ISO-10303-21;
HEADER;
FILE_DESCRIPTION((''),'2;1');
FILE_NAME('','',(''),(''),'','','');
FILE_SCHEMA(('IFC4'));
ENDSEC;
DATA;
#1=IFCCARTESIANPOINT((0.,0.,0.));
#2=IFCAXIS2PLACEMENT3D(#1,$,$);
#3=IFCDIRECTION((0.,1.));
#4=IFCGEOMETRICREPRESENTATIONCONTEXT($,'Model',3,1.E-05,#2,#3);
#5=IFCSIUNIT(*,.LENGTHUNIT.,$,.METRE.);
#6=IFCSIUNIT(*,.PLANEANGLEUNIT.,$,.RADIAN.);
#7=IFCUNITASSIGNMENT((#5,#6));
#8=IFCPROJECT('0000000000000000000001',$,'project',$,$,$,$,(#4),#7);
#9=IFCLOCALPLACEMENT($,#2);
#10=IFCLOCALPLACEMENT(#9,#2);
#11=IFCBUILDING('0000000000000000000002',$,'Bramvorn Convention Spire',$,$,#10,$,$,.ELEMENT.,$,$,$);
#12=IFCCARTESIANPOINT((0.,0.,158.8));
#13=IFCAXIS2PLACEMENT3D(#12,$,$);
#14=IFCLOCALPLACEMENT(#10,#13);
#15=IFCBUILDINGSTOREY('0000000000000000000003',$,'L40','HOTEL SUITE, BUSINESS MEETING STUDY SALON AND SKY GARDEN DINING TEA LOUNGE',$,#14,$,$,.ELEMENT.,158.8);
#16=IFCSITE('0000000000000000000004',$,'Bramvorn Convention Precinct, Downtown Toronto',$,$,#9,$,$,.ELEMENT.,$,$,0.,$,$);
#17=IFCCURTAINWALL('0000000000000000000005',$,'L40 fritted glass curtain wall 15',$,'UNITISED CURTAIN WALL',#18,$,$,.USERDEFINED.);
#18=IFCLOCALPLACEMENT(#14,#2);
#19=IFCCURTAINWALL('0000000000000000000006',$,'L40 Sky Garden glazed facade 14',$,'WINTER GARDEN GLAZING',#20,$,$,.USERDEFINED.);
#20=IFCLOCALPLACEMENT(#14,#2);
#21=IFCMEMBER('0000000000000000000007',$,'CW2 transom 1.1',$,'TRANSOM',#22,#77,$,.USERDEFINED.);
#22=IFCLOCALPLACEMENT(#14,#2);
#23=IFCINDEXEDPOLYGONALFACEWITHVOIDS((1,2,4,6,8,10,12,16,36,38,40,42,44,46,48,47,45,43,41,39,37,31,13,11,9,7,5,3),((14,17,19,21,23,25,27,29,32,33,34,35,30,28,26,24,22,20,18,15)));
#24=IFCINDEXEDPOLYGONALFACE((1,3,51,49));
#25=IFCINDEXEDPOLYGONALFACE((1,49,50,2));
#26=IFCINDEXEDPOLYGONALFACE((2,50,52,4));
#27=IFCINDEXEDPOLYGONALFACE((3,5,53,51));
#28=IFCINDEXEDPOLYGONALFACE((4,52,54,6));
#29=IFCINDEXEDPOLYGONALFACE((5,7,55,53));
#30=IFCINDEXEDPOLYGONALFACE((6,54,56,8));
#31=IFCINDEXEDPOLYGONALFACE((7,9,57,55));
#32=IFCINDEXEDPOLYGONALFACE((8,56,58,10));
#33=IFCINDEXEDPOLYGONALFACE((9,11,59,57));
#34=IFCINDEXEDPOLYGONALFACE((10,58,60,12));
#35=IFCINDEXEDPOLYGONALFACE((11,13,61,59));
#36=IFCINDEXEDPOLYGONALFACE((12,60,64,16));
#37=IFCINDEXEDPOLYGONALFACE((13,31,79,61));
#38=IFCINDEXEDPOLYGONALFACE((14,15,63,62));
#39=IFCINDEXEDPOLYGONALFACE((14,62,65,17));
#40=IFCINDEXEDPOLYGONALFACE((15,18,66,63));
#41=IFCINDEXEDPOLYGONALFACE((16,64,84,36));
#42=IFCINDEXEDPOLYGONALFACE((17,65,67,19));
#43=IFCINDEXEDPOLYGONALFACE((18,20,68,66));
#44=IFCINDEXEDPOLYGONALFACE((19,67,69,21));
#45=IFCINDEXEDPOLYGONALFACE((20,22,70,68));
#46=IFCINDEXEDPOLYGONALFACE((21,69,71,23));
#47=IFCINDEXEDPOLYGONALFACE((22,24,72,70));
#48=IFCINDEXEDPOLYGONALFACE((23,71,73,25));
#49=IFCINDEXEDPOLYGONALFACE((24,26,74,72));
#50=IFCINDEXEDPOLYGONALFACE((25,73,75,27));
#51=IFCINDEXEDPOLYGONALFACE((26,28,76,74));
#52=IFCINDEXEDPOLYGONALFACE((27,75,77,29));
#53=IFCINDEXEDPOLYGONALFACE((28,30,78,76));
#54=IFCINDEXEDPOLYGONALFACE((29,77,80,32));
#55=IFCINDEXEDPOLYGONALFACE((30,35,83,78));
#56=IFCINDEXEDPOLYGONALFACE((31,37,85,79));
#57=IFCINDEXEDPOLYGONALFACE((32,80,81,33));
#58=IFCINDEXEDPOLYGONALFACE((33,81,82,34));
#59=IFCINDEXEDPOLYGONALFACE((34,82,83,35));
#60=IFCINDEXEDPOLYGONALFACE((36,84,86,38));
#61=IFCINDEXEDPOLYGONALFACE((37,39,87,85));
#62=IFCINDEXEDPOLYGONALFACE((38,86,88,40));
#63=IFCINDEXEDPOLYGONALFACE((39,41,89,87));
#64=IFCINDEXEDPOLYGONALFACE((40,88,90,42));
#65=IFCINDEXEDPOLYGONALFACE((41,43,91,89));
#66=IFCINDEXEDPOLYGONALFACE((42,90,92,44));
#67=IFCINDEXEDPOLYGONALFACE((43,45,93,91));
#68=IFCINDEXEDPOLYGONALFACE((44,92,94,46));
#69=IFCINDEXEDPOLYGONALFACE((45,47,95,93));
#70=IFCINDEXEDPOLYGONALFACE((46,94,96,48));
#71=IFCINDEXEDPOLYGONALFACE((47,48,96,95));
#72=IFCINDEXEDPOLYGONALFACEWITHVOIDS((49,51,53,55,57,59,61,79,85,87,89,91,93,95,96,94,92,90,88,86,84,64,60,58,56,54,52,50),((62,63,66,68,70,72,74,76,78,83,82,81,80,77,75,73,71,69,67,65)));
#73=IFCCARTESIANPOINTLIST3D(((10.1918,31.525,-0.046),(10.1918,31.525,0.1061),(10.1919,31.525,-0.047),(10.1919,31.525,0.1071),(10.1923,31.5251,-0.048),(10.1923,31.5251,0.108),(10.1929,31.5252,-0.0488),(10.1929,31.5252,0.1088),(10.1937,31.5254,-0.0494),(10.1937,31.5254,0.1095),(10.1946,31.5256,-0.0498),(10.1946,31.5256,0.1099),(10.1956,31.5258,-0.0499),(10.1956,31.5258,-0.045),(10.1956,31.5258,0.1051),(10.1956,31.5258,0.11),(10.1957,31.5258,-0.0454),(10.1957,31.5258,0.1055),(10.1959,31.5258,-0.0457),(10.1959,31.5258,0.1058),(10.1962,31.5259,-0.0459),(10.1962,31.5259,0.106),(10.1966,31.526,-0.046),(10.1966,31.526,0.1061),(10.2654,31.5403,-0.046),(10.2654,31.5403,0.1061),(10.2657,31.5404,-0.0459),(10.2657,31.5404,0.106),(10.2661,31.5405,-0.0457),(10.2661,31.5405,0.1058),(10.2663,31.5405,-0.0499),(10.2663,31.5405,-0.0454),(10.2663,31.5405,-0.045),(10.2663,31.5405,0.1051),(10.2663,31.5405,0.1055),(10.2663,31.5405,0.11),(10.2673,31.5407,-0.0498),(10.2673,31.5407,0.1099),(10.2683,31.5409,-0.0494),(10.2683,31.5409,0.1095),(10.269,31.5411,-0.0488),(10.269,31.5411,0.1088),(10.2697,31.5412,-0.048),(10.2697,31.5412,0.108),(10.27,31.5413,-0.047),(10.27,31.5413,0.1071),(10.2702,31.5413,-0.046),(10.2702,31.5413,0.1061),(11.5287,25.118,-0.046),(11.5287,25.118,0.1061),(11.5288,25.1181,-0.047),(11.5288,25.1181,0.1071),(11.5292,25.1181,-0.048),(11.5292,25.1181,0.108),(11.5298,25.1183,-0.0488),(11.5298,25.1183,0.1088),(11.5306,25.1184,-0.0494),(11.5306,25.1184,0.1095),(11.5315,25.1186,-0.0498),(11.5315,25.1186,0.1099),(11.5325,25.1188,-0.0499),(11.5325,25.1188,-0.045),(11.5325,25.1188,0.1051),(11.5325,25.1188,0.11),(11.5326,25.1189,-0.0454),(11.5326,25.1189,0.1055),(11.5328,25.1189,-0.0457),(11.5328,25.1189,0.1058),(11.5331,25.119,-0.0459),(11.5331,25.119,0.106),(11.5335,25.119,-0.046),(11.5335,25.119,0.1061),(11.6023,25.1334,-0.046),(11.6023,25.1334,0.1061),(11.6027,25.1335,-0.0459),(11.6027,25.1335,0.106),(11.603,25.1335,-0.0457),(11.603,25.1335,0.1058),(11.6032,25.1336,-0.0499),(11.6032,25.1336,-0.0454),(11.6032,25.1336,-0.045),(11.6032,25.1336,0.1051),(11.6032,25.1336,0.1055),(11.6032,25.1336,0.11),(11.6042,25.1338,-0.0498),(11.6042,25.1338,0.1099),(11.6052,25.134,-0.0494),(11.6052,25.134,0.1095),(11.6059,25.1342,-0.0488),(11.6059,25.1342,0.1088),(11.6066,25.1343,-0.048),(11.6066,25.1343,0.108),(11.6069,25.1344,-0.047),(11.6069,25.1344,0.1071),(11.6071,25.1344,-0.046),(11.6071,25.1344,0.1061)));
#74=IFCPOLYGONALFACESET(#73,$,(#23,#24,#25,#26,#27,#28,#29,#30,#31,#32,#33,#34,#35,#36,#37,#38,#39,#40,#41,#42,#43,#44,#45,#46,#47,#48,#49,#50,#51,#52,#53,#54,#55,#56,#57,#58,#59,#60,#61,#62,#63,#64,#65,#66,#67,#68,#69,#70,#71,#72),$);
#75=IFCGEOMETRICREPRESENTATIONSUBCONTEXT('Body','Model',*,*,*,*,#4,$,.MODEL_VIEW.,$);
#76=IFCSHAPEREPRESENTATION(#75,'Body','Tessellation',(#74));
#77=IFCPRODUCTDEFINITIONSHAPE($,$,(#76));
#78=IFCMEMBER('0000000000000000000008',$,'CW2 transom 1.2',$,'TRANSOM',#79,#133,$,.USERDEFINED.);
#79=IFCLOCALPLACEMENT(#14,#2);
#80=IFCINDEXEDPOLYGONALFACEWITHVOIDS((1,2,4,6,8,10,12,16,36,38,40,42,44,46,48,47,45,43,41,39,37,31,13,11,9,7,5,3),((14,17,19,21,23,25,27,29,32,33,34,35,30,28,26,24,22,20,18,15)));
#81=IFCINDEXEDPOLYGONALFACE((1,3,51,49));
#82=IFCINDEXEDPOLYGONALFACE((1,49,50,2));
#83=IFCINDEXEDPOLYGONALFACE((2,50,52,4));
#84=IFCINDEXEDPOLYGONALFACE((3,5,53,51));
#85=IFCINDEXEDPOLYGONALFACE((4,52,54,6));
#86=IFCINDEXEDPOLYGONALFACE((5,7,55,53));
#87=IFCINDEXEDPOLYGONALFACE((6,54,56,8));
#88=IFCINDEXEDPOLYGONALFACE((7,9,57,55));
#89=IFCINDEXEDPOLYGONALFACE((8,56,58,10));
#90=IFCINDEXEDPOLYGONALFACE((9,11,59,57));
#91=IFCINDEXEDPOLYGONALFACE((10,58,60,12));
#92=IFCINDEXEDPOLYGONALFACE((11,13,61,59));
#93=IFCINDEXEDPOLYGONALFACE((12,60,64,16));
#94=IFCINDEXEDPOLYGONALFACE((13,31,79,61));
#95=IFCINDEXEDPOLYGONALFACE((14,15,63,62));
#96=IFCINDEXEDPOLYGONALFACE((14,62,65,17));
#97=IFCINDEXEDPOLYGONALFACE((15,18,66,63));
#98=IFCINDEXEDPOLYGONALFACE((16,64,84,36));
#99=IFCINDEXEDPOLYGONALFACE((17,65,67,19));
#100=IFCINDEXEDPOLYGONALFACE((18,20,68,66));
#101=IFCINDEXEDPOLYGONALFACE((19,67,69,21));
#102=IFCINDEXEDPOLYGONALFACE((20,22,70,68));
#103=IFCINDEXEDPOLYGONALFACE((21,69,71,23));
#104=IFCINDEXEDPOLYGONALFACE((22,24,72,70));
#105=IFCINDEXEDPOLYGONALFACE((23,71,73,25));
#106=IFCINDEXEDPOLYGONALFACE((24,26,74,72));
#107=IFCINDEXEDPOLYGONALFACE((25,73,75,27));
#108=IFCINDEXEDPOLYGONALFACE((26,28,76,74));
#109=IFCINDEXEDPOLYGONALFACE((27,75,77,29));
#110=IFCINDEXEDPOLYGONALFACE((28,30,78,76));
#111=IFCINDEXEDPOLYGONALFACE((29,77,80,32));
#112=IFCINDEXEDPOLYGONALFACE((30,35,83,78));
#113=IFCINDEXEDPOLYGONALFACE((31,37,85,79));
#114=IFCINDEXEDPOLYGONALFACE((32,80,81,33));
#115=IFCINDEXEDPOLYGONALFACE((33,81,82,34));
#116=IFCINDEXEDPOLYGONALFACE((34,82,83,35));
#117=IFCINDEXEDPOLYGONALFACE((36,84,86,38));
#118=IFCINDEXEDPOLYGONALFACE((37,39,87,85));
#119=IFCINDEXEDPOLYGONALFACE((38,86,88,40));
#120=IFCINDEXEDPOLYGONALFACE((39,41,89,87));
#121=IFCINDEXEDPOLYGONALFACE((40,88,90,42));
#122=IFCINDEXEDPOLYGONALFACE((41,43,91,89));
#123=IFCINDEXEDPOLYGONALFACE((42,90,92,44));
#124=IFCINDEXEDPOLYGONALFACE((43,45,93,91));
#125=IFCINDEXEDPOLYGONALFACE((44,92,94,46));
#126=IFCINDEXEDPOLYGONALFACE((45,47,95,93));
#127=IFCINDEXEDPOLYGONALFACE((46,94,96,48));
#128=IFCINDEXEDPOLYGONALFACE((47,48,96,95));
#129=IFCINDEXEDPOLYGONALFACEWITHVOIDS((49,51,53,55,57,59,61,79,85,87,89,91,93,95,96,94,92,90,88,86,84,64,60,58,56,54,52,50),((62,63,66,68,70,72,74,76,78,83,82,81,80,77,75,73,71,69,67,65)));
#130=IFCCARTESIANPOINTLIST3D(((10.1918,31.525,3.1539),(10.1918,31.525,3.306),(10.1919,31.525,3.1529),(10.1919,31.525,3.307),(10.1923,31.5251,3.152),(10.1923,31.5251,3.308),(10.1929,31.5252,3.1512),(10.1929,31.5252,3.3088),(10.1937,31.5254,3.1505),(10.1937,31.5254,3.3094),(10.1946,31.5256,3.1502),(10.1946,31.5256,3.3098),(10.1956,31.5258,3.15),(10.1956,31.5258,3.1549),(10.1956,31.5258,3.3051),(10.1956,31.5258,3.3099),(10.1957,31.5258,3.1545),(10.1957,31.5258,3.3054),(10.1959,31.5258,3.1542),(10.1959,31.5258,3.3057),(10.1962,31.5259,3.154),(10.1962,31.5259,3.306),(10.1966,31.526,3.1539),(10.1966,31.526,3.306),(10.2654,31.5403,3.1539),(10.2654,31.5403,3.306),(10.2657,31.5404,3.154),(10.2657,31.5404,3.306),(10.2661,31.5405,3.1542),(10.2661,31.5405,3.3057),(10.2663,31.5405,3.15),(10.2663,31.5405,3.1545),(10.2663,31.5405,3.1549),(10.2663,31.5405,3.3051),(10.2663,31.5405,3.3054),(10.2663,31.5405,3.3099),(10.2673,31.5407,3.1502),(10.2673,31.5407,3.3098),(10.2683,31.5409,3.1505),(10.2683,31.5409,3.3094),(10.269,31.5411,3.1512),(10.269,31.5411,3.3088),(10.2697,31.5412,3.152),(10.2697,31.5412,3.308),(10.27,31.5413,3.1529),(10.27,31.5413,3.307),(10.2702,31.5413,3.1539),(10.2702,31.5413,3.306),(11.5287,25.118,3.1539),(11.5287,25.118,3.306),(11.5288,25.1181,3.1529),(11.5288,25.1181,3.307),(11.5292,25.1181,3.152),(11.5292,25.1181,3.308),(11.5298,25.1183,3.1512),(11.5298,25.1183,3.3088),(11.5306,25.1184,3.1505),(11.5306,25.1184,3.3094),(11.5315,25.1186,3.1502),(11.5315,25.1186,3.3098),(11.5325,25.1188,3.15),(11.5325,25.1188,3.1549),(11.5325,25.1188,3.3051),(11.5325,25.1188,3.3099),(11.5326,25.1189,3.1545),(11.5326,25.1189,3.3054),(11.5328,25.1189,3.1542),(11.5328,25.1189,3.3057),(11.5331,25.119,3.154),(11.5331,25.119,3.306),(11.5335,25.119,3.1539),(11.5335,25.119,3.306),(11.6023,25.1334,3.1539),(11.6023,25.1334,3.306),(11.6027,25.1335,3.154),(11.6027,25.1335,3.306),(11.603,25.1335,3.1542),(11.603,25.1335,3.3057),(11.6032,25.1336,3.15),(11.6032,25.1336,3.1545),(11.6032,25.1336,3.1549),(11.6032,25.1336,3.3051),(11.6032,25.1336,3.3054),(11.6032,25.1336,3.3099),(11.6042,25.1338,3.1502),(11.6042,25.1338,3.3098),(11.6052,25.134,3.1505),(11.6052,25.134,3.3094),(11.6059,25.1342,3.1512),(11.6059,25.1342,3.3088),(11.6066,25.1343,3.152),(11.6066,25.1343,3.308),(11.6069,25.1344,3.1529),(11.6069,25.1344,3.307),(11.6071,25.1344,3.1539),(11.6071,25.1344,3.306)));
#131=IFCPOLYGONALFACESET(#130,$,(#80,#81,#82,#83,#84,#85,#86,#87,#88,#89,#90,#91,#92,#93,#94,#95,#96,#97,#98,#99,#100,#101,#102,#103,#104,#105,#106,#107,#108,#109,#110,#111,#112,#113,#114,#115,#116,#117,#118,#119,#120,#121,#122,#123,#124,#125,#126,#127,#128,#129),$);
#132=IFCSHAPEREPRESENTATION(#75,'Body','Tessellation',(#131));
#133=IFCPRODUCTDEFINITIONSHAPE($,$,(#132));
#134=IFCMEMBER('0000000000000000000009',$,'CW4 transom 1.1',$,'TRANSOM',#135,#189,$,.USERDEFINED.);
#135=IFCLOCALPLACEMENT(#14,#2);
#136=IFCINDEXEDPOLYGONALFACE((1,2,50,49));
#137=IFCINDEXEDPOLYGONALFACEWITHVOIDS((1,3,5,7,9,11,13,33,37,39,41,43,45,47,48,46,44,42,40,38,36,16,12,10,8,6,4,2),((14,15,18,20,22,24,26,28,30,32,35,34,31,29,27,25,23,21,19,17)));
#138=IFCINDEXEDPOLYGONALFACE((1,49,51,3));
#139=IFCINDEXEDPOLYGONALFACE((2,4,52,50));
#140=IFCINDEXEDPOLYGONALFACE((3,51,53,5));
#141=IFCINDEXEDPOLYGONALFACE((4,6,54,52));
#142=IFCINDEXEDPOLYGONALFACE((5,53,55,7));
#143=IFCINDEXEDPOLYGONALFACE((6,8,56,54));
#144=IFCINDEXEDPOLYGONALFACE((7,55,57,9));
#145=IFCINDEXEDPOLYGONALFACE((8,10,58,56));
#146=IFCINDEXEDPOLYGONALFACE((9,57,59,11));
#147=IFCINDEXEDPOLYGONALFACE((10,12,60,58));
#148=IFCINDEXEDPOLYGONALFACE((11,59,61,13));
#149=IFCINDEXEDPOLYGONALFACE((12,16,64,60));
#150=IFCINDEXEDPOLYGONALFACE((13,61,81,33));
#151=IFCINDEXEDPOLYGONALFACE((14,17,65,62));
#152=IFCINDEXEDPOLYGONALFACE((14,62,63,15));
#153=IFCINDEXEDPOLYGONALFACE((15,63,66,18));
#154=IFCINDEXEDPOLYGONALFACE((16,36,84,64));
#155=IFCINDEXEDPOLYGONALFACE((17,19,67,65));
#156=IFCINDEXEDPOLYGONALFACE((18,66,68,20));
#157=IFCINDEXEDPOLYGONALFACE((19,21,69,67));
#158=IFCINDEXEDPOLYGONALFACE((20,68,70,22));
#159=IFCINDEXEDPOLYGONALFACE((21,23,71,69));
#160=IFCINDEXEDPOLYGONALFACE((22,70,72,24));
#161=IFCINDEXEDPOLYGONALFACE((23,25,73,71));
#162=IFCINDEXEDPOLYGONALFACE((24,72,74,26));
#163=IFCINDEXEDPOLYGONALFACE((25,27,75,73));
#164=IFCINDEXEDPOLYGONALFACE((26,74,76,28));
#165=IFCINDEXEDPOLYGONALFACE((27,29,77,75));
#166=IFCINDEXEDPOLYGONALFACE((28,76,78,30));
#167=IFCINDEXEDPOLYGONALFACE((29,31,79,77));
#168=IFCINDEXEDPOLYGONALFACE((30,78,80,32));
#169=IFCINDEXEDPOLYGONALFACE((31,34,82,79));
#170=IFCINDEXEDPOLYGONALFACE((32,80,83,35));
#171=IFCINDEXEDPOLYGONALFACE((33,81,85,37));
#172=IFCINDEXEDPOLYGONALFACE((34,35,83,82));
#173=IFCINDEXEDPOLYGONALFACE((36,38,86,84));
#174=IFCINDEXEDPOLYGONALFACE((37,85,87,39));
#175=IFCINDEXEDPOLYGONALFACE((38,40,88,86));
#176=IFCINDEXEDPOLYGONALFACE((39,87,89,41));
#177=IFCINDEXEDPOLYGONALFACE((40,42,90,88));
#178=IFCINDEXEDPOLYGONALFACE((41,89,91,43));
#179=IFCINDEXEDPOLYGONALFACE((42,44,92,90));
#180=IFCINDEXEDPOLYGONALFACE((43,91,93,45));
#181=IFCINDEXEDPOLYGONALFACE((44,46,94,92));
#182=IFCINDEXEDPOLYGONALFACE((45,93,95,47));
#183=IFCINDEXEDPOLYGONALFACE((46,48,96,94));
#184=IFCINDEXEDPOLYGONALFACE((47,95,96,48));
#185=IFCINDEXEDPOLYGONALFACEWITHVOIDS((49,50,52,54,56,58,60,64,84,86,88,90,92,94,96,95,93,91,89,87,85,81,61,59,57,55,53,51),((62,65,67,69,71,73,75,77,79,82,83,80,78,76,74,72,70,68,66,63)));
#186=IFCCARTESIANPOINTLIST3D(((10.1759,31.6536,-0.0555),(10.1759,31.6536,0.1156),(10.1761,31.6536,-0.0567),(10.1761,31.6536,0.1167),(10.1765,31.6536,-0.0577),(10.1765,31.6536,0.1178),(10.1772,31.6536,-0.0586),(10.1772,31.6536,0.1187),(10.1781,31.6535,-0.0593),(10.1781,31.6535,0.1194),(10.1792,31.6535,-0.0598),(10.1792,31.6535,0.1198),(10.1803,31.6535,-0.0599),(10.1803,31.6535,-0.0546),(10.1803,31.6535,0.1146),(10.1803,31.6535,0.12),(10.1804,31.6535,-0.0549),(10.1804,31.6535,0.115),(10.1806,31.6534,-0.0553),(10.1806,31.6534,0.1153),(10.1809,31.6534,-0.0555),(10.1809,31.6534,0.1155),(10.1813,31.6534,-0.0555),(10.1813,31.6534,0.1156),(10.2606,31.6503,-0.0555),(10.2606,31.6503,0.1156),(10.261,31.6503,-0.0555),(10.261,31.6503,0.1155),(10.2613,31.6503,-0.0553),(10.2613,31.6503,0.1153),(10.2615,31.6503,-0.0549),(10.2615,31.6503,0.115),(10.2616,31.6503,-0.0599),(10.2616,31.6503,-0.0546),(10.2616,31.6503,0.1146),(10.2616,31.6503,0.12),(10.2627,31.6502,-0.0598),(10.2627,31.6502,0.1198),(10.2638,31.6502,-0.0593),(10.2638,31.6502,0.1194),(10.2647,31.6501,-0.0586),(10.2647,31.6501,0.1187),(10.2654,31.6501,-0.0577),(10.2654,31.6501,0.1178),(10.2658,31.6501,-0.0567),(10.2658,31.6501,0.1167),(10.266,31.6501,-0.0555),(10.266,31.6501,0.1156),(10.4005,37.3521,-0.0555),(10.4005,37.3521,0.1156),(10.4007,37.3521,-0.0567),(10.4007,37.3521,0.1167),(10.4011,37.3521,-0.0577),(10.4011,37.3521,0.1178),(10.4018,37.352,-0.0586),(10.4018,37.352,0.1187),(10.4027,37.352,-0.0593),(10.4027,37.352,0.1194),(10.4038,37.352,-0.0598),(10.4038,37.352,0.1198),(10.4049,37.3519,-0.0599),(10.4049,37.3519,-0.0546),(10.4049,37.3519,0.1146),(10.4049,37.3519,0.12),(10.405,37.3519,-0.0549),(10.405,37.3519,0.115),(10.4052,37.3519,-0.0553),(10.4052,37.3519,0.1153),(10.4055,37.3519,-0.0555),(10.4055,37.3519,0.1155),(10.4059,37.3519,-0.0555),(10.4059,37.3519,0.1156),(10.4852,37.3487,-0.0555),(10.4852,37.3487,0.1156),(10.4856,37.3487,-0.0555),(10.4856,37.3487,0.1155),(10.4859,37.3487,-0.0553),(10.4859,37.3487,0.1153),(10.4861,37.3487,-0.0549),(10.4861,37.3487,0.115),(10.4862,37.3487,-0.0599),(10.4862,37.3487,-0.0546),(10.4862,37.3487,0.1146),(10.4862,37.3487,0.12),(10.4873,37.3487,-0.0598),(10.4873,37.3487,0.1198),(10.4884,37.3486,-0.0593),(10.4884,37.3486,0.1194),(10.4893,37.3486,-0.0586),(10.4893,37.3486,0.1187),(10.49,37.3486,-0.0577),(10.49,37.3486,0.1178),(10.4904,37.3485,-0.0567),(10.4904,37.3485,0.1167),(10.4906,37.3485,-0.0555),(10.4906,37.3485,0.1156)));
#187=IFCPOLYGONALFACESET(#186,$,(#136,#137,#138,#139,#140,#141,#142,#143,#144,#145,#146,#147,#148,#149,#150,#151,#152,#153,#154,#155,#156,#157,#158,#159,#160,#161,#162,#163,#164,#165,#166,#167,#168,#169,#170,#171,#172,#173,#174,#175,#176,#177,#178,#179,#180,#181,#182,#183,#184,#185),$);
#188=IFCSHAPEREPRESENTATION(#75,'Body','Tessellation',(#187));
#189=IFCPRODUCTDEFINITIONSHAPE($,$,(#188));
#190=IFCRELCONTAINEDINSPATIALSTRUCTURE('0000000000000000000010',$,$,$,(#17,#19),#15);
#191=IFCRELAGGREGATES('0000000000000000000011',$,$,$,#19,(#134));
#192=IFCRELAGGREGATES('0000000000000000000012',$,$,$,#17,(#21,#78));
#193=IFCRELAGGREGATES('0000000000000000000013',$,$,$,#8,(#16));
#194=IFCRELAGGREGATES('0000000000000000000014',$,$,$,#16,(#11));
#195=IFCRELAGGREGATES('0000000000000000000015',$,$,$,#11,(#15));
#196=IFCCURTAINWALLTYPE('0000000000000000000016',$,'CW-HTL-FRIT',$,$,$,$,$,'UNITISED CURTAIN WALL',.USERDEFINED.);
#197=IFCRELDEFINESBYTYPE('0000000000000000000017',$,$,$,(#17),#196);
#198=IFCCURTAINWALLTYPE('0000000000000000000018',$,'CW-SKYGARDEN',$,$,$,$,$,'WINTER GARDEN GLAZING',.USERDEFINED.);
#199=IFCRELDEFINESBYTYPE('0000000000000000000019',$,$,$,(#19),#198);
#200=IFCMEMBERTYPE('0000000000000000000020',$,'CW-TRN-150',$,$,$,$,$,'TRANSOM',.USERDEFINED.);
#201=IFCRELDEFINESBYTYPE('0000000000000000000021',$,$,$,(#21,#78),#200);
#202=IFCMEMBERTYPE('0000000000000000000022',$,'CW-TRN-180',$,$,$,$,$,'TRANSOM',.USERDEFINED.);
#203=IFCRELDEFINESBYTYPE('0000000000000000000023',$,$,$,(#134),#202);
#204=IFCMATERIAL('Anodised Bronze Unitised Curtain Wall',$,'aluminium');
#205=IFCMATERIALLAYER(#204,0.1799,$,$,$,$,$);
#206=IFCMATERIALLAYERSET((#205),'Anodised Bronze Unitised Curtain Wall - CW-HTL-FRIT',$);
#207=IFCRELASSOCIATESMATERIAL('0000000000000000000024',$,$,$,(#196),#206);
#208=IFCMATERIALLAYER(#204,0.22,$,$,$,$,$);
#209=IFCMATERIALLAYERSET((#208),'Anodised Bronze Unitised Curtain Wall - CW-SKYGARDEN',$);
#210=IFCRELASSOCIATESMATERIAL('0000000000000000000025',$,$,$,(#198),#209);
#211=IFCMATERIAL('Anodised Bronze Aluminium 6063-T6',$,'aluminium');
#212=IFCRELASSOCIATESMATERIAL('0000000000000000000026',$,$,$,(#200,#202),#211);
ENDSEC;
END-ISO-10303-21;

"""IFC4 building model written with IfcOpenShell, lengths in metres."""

from ifc_helpers import new_model, si_unit, direction, frame, origin, origin_2d, place, context, subcontext, project, spatial, hollow_rectangle, extrude, material, layer, layer_set, material_profile, profile_set, type_object, element, aggregate, save


model = new_model("IFC4")

# Units and contexts
model_context = context("Model", 3, precision=1e-05, world=origin(), true_north=direction((0.0, 1.0)))
body_context = subcontext(model_context, "Body", "Model", "MODEL_VIEW")
ifc_project = project(units=[si_unit("LENGTHUNIT", "METRE"), si_unit("PLANEANGLEUNIT", "RADIAN")], contexts=[model_context])

# Site, building, storey
site_placement = place(None, origin())
site = spatial("IfcSite", under=ifc_project, at=site_placement, Name="Bramvorn Convention Precinct, Downtown Toronto", CompositionType="ELEMENT", RefElevation=0.0)
building_placement = place(site_placement, origin())
building = spatial("IfcBuilding", under=site, at=building_placement, Name="Bramvorn Convention Spire", CompositionType="ELEMENT")
storey_placement = place(building_placement, frame((0.0, 0.0, 158.8)))
storey = spatial("IfcBuildingStorey", under=building, at=storey_placement, Name="L40", Description="HOTEL SUITE, BUSINESS MEETING STUDY SALON AND SKY GARDEN DINING TEA LOUNGE", CompositionType="ELEMENT", Elevation=158.8)

# Curtain wall
ifc_material_1 = material(Name="Anodised Bronze Unitised Curtain Wall", Category="aluminium")
ifc_layer_1 = layer(ifc_material_1, 0.1799)
ifc_layer_set_1 = layer_set([ifc_layer_1], Name="Anodised Bronze Unitised Curtain Wall - CW-HTL-FRIT")
curtain_wall_type_1 = type_object("IfcCurtainWallType", Name="CW-HTL-FRIT", ElementType="UNITISED CURTAIN WALL", PredefinedType="USERDEFINED", material=ifc_layer_set_1)
curtain_wall_1_placement = place(storey_placement, origin())
curtain_wall_1 = element("IfcCurtainWall", 1, at=curtain_wall_1_placement, inside=storey, type_object=curtain_wall_type_1, Name="L40 fritted glass curtain wall 15", ObjectType="UNITISED CURTAIN WALL", PredefinedType="USERDEFINED")
ifc_material_2 = material(Name="Anodised Bronze Aluminium 6063-T6", Category="aluminium")

# Curtain wall
ifc_layer_2 = layer(ifc_material_1, 0.22)
ifc_layer_set_2 = layer_set([ifc_layer_2], Name="Anodised Bronze Unitised Curtain Wall - CW-SKYGARDEN")
curtain_wall_type_2 = type_object("IfcCurtainWallType", Name="CW-SKYGARDEN", ElementType="WINTER GARDEN GLAZING", PredefinedType="USERDEFINED", material=ifc_layer_set_2)
curtain_wall_2_placement = place(storey_placement, origin())
curtain_wall_2 = element("IfcCurtainWall", 2, at=curtain_wall_2_placement, inside=storey, type_object=curtain_wall_type_2, Name="L40 Sky Garden glazed facade 14", ObjectType="WINTER GARDEN GLAZING", PredefinedType="USERDEFINED")

# Members
ifc_material_profile_1 = material_profile(ifc_material_2, hollow_rectangle(XDim=0.0801, YDim=0.1599, WallThickness=0.0039, InnerFilletRadius=0.001, OuterFilletRadius=0.0039, at=origin_2d()))
ifc_profile_set_1 = profile_set([ifc_material_profile_1], Name="Anodised Bronze Aluminium 6063-T6 - CWT80X160")
member_type_1 = type_object("IfcMemberType", Name="CW-TRN-150", ElementType="TRANSOM", PredefinedType="USERDEFINED", material=ifc_profile_set_1)
member_1_placement = place(storey_placement, frame((11.5679, 25.1262, 0.03), z_axis=(-0.204266, 0.978916, 0.0), x_axis=(-0.978916, -0.204266, 0.0)))
member_1 = element("IfcMember", 3, at=member_1_placement, type_object=member_type_1, Name="CW2 transom 1.1", ObjectType="TRANSOM", PredefinedType="USERDEFINED", context=body_context, shape_type="SweptSolid", body=[
    extrude(hollow_rectangle(XDim=0.0801, YDim=0.1599, WallThickness=0.0039, InnerFilletRadius=0.001, OuterFilletRadius=0.0039, at=origin_2d()), origin(), (0.0, 0.0, 1.0), 6.5449),
])
member_2_placement = place(storey_placement, frame((11.5679, 25.1262, 3.23), z_axis=(-0.204266, 0.978916, 0.0), x_axis=(-0.978916, -0.204266, 0.0)))
member_2 = element("IfcMember", 4, at=member_2_placement, type_object=member_type_1, Name="CW2 transom 1.2", ObjectType="TRANSOM", PredefinedType="USERDEFINED", context=body_context, shape_type="SweptSolid", body=[
    extrude(hollow_rectangle(XDim=0.0801, YDim=0.1599, WallThickness=0.0039, InnerFilletRadius=0.001, OuterFilletRadius=0.0039, at=origin_2d()), origin(), (0.0, 0.0, 1.0), 6.5449),
])
ifc_material_profile_2 = material_profile(ifc_material_2, hollow_rectangle(XDim=0.0901, YDim=0.1799, WallThickness=0.0044, InnerFilletRadius=0.001, OuterFilletRadius=0.0044, at=origin_2d()))
ifc_profile_set_2 = profile_set([ifc_material_profile_2], Name="Anodised Bronze Aluminium 6063-T6 - CWT90X180")
member_type_2 = type_object("IfcMemberType", Name="CW-TRN-180", ElementType="TRANSOM", PredefinedType="USERDEFINED", material=ifc_profile_set_2)
member_3_placement = place(storey_placement, frame((10.2209, 31.6519, 0.03), z_axis=(0.039385, 0.999224, 0.0), x_axis=(-0.999224, 0.039385, 0.0)))
member_3 = element("IfcMember", 5, at=member_3_placement, type_object=member_type_2, Name="CW4 transom 1.1", ObjectType="TRANSOM", PredefinedType="USERDEFINED", context=body_context, shape_type="SweptSolid", body=[
    extrude(hollow_rectangle(XDim=0.0901, YDim=0.1799, WallThickness=0.0044, InnerFilletRadius=0.001, OuterFilletRadius=0.0044, at=origin_2d()), origin(), (0.0, 0.0, 1.0), 5.7029),
])
aggregate(curtain_wall_2, [member_3])

aggregate(curtain_wall_1, [member_1, member_2])

save(model, "model.ifc")
